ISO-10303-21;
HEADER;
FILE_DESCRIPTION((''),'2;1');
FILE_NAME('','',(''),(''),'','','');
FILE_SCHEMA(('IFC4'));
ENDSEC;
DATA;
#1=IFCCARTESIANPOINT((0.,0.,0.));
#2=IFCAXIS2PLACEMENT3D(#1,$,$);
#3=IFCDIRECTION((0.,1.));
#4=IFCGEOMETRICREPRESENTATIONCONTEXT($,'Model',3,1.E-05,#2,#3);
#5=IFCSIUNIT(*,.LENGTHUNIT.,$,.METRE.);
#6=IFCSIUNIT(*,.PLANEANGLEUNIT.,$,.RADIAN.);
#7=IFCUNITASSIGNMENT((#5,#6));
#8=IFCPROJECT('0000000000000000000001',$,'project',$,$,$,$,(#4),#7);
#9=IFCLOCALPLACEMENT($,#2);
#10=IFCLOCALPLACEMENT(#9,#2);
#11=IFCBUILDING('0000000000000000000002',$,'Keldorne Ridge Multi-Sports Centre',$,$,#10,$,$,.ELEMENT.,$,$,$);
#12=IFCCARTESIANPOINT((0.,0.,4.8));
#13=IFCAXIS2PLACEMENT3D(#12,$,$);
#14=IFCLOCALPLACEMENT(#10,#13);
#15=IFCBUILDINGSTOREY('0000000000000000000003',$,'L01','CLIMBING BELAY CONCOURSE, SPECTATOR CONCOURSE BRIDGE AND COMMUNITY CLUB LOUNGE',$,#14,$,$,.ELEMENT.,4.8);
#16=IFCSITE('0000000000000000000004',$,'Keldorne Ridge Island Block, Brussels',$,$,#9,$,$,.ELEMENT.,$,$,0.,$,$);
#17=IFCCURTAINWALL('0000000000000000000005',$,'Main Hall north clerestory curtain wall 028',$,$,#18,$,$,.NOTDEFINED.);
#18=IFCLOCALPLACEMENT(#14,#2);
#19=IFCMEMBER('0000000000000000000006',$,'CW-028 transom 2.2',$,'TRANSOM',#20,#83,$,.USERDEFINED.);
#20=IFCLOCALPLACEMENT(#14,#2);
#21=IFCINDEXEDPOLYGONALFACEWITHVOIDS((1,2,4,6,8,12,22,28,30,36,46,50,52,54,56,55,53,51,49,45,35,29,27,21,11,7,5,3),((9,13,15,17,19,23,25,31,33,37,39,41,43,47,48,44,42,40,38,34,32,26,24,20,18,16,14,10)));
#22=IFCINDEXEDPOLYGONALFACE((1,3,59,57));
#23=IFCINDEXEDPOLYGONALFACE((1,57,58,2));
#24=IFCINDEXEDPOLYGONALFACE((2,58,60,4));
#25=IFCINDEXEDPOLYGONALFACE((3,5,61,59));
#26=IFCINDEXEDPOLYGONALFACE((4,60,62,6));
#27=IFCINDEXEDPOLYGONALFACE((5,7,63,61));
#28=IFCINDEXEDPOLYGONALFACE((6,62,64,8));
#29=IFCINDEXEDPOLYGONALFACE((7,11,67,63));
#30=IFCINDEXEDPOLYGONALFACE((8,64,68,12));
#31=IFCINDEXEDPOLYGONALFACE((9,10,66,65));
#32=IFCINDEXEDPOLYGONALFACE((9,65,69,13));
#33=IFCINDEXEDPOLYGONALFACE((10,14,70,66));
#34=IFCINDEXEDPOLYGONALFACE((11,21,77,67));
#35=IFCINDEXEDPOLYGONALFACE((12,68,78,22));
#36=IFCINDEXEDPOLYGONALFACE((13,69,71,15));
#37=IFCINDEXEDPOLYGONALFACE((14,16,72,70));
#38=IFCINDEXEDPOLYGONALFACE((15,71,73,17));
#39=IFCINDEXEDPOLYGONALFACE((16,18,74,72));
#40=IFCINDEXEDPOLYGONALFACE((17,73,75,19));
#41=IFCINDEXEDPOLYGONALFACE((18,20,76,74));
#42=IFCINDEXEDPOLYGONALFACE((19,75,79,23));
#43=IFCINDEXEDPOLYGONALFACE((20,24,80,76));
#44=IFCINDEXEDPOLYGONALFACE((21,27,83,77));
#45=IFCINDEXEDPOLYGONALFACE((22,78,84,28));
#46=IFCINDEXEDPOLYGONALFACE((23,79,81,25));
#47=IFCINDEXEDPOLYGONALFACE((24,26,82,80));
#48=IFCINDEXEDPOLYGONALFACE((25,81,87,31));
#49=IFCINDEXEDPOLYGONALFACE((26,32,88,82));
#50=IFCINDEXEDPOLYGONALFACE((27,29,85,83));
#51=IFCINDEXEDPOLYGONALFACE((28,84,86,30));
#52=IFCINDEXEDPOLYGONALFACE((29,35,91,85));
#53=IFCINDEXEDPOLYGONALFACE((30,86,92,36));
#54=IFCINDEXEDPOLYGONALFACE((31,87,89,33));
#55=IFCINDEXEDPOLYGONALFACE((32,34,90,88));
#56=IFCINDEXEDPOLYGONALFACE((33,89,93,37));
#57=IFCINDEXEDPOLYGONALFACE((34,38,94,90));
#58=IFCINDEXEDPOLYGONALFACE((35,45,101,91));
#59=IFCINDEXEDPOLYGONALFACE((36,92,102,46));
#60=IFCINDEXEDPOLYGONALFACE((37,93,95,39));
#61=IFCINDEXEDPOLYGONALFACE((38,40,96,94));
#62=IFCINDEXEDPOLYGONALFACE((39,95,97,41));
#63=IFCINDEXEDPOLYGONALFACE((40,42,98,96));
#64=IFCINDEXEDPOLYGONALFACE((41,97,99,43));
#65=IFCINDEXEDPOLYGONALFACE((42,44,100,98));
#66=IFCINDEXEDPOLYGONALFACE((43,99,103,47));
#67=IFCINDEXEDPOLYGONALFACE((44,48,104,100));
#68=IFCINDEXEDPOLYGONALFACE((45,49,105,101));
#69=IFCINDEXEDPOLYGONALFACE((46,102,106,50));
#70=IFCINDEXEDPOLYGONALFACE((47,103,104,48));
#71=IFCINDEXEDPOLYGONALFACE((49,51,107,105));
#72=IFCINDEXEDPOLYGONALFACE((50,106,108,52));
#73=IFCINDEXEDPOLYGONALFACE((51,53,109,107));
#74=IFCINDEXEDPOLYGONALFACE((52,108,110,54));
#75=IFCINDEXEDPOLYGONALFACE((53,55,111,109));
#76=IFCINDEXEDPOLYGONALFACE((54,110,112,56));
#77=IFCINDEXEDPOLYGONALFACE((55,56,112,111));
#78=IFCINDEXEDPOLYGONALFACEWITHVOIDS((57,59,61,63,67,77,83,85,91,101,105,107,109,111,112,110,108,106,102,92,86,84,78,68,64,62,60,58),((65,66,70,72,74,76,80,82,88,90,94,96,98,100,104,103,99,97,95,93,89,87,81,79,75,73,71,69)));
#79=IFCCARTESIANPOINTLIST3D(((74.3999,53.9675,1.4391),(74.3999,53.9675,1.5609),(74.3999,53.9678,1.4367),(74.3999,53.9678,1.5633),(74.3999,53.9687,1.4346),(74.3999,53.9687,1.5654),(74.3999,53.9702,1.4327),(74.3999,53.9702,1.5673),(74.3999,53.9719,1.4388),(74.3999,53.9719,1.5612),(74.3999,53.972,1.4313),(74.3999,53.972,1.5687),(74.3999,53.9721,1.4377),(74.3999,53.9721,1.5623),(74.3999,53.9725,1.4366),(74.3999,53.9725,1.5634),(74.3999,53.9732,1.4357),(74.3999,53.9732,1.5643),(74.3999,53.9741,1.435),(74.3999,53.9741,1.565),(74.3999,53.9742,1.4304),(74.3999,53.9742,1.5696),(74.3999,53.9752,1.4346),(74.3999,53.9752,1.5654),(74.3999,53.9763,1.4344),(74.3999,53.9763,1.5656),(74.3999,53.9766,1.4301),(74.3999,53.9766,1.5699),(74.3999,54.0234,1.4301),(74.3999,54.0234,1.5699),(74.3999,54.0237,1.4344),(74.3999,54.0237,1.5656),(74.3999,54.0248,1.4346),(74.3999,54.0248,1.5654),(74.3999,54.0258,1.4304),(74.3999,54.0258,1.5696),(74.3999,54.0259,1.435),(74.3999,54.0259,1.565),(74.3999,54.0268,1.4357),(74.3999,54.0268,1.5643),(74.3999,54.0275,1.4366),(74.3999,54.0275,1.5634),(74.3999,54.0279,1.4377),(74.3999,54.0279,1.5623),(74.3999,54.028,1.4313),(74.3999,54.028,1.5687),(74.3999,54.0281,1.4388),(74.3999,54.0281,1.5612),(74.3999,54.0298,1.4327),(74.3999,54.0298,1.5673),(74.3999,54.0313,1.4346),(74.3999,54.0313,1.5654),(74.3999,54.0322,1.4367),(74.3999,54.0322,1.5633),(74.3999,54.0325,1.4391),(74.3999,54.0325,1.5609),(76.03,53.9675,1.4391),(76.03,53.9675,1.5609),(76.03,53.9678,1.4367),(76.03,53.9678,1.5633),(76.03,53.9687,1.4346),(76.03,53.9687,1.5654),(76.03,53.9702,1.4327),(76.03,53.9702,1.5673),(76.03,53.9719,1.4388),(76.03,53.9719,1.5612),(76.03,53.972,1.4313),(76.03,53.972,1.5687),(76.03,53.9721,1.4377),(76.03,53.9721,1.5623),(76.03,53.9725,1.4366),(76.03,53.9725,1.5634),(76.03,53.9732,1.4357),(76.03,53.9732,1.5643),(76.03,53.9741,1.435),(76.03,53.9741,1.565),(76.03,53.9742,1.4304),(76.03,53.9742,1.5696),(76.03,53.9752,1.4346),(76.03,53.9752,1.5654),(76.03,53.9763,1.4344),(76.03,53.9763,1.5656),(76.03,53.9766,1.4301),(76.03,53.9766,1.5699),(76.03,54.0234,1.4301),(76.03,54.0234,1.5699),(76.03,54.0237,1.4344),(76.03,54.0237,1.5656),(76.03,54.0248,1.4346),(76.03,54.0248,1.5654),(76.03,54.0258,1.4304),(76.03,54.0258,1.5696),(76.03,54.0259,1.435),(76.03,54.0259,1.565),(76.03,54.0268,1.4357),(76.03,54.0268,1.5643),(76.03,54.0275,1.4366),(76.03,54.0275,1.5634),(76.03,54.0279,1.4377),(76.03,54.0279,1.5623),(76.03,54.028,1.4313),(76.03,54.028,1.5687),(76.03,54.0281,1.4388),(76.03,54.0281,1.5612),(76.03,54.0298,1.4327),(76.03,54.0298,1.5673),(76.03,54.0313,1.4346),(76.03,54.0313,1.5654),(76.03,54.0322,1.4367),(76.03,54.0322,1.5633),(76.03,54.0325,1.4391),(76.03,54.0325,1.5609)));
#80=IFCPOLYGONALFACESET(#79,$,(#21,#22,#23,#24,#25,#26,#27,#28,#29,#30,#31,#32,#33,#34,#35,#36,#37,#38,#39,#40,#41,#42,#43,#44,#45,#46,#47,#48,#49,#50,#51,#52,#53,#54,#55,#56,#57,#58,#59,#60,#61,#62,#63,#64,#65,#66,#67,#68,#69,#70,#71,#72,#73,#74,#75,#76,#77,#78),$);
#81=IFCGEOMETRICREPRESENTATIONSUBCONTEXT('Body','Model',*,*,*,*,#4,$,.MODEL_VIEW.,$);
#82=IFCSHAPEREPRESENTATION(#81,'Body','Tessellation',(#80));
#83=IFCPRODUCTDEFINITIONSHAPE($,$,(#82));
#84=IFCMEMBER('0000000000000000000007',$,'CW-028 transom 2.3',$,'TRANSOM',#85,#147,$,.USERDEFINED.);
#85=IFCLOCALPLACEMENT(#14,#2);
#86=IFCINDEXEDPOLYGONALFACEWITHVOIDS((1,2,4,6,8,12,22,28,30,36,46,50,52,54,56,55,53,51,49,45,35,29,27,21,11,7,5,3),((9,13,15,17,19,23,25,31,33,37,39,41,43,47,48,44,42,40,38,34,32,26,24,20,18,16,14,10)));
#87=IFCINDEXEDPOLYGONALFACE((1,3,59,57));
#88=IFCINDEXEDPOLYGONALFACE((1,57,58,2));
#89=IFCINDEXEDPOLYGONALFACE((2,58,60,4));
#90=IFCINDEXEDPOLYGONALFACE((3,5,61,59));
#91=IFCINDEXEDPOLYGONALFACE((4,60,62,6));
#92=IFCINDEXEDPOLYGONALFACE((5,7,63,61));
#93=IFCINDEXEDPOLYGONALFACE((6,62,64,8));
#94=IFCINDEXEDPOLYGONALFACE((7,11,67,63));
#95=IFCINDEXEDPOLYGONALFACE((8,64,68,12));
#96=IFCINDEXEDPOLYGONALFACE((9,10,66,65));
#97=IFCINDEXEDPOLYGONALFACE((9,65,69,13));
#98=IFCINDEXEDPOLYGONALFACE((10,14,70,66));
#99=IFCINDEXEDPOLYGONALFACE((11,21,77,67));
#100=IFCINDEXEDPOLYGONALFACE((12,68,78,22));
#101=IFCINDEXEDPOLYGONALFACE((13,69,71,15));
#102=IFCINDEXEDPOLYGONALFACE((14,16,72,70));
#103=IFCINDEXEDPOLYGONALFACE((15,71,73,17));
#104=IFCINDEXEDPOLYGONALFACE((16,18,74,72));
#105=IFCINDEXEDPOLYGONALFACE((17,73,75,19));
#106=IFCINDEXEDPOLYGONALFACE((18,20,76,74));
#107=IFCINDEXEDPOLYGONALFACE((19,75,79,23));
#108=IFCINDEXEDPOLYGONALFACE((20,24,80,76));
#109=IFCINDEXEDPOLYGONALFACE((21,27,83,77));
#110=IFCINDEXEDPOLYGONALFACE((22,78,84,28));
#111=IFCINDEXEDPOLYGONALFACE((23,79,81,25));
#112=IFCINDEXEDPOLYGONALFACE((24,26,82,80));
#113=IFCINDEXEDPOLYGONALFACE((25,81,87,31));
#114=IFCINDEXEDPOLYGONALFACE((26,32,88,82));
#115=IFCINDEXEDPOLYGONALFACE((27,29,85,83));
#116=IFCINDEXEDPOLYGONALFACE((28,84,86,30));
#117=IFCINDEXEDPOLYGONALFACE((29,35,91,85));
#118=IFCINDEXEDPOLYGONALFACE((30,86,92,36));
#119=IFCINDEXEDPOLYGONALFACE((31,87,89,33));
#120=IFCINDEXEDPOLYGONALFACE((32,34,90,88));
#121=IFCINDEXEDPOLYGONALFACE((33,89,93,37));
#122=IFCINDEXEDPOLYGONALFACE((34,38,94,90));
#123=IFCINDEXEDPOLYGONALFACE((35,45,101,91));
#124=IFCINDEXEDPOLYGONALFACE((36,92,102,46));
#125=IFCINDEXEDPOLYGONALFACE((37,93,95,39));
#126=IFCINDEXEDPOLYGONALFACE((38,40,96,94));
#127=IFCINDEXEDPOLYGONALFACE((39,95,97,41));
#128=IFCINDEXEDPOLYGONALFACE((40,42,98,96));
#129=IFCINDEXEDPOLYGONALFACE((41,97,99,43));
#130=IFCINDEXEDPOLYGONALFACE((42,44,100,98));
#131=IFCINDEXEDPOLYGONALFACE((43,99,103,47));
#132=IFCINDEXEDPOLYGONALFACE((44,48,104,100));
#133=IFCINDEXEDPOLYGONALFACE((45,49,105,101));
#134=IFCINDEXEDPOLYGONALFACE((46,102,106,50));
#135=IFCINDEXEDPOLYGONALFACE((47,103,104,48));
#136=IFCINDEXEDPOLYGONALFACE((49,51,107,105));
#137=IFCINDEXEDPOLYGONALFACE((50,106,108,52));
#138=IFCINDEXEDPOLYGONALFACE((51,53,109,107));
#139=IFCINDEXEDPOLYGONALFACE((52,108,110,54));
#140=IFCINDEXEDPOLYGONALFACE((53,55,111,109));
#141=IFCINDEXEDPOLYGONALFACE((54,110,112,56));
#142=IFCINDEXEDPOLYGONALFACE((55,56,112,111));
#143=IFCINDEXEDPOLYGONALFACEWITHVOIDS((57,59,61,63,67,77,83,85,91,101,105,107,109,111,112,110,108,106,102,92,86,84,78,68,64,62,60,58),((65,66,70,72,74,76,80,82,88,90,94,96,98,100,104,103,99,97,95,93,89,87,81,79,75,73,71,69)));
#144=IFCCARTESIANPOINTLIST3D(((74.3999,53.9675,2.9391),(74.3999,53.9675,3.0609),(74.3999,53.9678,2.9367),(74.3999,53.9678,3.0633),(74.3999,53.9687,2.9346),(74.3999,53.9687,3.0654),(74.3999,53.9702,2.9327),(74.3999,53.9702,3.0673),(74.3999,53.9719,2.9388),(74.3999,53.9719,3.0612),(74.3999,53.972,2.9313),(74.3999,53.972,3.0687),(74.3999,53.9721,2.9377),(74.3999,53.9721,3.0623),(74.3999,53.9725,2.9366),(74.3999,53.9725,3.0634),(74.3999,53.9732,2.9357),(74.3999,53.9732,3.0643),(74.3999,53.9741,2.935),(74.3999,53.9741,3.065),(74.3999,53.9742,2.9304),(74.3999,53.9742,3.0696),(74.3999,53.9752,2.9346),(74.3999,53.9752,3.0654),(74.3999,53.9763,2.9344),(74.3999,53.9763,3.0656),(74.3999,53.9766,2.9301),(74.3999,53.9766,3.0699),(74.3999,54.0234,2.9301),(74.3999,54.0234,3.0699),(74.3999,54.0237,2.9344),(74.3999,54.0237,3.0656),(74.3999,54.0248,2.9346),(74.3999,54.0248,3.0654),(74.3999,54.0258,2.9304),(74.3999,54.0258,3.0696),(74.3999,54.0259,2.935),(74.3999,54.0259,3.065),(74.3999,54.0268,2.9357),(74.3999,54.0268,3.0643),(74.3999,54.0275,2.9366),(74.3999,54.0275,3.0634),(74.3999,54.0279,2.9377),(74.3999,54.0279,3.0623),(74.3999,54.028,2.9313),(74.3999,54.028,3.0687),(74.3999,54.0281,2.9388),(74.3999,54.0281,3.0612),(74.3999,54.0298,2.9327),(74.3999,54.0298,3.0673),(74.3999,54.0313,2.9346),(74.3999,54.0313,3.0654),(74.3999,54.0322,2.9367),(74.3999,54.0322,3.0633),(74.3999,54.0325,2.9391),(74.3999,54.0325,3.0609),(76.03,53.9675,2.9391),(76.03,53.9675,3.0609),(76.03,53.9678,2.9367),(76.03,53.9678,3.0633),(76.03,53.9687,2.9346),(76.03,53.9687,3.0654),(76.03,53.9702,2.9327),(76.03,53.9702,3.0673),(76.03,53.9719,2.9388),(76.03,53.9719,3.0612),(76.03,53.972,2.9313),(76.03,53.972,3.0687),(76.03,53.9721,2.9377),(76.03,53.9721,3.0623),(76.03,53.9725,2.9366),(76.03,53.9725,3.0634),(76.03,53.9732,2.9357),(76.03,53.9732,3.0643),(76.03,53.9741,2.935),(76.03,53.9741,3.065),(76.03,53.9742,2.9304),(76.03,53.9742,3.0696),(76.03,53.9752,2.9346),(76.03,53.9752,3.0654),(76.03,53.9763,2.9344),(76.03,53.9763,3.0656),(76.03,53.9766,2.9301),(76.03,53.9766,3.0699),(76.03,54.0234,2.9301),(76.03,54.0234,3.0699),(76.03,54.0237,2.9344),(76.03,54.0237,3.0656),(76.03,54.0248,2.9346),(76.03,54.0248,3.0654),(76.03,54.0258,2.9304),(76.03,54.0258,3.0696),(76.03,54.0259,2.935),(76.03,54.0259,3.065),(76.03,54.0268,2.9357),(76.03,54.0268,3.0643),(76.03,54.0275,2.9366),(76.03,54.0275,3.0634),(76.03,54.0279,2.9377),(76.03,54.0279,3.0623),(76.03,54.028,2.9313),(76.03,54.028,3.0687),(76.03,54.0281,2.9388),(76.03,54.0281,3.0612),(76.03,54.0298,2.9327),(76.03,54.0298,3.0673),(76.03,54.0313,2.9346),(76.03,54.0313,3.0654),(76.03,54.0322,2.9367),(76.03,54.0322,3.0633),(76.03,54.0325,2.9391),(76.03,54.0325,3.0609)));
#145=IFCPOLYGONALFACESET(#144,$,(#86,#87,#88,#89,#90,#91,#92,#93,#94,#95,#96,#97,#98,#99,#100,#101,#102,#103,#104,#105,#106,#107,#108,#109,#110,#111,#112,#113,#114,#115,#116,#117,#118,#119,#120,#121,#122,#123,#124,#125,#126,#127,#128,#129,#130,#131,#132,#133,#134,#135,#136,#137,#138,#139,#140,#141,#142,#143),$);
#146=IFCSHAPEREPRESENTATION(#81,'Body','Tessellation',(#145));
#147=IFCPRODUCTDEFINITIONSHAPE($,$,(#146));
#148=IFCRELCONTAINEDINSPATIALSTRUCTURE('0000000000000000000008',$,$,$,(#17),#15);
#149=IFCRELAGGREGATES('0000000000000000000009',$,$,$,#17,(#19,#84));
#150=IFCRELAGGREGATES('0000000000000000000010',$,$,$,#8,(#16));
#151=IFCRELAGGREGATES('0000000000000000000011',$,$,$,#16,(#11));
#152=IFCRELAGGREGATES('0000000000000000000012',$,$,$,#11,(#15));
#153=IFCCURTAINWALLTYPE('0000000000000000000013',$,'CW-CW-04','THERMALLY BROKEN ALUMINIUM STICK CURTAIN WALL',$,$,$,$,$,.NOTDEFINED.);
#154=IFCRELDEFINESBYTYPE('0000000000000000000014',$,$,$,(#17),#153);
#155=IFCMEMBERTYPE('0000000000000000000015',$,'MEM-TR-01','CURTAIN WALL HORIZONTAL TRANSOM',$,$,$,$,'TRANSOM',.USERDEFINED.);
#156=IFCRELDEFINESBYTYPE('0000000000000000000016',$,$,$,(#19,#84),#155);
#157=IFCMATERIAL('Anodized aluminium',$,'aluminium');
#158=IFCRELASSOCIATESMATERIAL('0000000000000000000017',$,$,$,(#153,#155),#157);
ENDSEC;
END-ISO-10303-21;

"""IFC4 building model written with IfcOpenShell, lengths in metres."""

from ifc_helpers import new_model, si_unit, direction, frame, origin, origin_2d, place, context, subcontext, project, spatial, hollow_rectangle, extrude, material, material_profile, profile_set, type_object, element, aggregate, save


model = new_model("IFC4")

# Units and contexts
model_context = context("Model", 3, precision=1e-05, world=origin(), true_north=direction((0.0, 1.0)))
body_context = subcontext(model_context, "Body", "Model", "MODEL_VIEW")
ifc_project = project(units=[si_unit("LENGTHUNIT", "METRE"), si_unit("PLANEANGLEUNIT", "RADIAN")], contexts=[model_context])

# Site, building, storey
site_placement = place(None, origin())
site = spatial("IfcSite", under=ifc_project, at=site_placement, Name="Keldorne Ridge Island Block, Brussels", CompositionType="ELEMENT", RefElevation=0.0)
building_placement = place(site_placement, origin())
building = spatial("IfcBuilding", under=site, at=building_placement, Name="Keldorne Ridge Multi-Sports Centre", CompositionType="ELEMENT")
storey_placement = place(building_placement, frame((0.0, 0.0, 4.8)))
storey = spatial("IfcBuildingStorey", under=building, at=storey_placement, Name="L01", Description="CLIMBING BELAY CONCOURSE, SPECTATOR CONCOURSE BRIDGE AND COMMUNITY CLUB LOUNGE", CompositionType="ELEMENT", Elevation=4.8)

# Curtain wall
ifc_material_1 = material(Name="Anodized aluminium", Category="aluminium")
curtain_wall_type = type_object("IfcCurtainWallType", Name="CW-CW-04", Description="THERMALLY BROKEN ALUMINIUM STICK CURTAIN WALL", PredefinedType="NOTDEFINED", material=ifc_material_1)
curtain_wall_1_placement = place(storey_placement, origin())
curtain_wall_1 = element("IfcCurtainWall", 1, at=curtain_wall_1_placement, inside=storey, type_object=curtain_wall_type, Name="Main Hall north clerestory curtain wall 028", PredefinedType="NOTDEFINED")

# Members
ifc_material_profile_1 = material_profile(ifc_material_1, hollow_rectangle(XDim=0.0649, YDim=0.1399, WallThickness=0.0044, InnerFilletRadius=0.0044, OuterFilletRadius=0.009, at=origin_2d()), Name="ALU TRANSOM 140x65x4.5")
ifc_profile_set_1 = profile_set([ifc_material_profile_1], Name="Anodized aluminium")
member_type_1 = type_object("IfcMemberType", Name="MEM-TR-01", Description="CURTAIN WALL HORIZONTAL TRANSOM", ElementType="TRANSOM", PredefinedType="USERDEFINED", material=ifc_profile_set_1)
member_1_placement = place(storey_placement, frame((76.03, 54.0, 1.5), z_axis=(-1.0, 0.0, 0.0), x_axis=(0.0, -1.0, 0.0)))
member_1 = element("IfcMember", 2, at=member_1_placement, type_object=member_type_1, Name="CW-028 transom 2.2", ObjectType="TRANSOM", PredefinedType="USERDEFINED", context=body_context, shape_type="SweptSolid", body=[
    extrude(hollow_rectangle(XDim=0.0649, YDim=0.1399, WallThickness=0.0044, InnerFilletRadius=0.0044, OuterFilletRadius=0.009, at=origin_2d()), origin(), (0.0, 0.0, 1.0), 1.6301),
])
member_2_placement = place(storey_placement, frame((76.03, 54.0, 3.0), z_axis=(-1.0, 0.0, 0.0), x_axis=(0.0, -1.0, 0.0)))
member_2 = element("IfcMember", 3, at=member_2_placement, type_object=member_type_1, Name="CW-028 transom 2.3", ObjectType="TRANSOM", PredefinedType="USERDEFINED", context=body_context, shape_type="SweptSolid", body=[
    extrude(hollow_rectangle(XDim=0.0649, YDim=0.1399, WallThickness=0.0044, InnerFilletRadius=0.0044, OuterFilletRadius=0.009, at=origin_2d()), origin(), (0.0, 0.0, 1.0), 1.6301),
])

aggregate(curtain_wall_1, [member_1, member_2])

save(model, "model.ifc")
